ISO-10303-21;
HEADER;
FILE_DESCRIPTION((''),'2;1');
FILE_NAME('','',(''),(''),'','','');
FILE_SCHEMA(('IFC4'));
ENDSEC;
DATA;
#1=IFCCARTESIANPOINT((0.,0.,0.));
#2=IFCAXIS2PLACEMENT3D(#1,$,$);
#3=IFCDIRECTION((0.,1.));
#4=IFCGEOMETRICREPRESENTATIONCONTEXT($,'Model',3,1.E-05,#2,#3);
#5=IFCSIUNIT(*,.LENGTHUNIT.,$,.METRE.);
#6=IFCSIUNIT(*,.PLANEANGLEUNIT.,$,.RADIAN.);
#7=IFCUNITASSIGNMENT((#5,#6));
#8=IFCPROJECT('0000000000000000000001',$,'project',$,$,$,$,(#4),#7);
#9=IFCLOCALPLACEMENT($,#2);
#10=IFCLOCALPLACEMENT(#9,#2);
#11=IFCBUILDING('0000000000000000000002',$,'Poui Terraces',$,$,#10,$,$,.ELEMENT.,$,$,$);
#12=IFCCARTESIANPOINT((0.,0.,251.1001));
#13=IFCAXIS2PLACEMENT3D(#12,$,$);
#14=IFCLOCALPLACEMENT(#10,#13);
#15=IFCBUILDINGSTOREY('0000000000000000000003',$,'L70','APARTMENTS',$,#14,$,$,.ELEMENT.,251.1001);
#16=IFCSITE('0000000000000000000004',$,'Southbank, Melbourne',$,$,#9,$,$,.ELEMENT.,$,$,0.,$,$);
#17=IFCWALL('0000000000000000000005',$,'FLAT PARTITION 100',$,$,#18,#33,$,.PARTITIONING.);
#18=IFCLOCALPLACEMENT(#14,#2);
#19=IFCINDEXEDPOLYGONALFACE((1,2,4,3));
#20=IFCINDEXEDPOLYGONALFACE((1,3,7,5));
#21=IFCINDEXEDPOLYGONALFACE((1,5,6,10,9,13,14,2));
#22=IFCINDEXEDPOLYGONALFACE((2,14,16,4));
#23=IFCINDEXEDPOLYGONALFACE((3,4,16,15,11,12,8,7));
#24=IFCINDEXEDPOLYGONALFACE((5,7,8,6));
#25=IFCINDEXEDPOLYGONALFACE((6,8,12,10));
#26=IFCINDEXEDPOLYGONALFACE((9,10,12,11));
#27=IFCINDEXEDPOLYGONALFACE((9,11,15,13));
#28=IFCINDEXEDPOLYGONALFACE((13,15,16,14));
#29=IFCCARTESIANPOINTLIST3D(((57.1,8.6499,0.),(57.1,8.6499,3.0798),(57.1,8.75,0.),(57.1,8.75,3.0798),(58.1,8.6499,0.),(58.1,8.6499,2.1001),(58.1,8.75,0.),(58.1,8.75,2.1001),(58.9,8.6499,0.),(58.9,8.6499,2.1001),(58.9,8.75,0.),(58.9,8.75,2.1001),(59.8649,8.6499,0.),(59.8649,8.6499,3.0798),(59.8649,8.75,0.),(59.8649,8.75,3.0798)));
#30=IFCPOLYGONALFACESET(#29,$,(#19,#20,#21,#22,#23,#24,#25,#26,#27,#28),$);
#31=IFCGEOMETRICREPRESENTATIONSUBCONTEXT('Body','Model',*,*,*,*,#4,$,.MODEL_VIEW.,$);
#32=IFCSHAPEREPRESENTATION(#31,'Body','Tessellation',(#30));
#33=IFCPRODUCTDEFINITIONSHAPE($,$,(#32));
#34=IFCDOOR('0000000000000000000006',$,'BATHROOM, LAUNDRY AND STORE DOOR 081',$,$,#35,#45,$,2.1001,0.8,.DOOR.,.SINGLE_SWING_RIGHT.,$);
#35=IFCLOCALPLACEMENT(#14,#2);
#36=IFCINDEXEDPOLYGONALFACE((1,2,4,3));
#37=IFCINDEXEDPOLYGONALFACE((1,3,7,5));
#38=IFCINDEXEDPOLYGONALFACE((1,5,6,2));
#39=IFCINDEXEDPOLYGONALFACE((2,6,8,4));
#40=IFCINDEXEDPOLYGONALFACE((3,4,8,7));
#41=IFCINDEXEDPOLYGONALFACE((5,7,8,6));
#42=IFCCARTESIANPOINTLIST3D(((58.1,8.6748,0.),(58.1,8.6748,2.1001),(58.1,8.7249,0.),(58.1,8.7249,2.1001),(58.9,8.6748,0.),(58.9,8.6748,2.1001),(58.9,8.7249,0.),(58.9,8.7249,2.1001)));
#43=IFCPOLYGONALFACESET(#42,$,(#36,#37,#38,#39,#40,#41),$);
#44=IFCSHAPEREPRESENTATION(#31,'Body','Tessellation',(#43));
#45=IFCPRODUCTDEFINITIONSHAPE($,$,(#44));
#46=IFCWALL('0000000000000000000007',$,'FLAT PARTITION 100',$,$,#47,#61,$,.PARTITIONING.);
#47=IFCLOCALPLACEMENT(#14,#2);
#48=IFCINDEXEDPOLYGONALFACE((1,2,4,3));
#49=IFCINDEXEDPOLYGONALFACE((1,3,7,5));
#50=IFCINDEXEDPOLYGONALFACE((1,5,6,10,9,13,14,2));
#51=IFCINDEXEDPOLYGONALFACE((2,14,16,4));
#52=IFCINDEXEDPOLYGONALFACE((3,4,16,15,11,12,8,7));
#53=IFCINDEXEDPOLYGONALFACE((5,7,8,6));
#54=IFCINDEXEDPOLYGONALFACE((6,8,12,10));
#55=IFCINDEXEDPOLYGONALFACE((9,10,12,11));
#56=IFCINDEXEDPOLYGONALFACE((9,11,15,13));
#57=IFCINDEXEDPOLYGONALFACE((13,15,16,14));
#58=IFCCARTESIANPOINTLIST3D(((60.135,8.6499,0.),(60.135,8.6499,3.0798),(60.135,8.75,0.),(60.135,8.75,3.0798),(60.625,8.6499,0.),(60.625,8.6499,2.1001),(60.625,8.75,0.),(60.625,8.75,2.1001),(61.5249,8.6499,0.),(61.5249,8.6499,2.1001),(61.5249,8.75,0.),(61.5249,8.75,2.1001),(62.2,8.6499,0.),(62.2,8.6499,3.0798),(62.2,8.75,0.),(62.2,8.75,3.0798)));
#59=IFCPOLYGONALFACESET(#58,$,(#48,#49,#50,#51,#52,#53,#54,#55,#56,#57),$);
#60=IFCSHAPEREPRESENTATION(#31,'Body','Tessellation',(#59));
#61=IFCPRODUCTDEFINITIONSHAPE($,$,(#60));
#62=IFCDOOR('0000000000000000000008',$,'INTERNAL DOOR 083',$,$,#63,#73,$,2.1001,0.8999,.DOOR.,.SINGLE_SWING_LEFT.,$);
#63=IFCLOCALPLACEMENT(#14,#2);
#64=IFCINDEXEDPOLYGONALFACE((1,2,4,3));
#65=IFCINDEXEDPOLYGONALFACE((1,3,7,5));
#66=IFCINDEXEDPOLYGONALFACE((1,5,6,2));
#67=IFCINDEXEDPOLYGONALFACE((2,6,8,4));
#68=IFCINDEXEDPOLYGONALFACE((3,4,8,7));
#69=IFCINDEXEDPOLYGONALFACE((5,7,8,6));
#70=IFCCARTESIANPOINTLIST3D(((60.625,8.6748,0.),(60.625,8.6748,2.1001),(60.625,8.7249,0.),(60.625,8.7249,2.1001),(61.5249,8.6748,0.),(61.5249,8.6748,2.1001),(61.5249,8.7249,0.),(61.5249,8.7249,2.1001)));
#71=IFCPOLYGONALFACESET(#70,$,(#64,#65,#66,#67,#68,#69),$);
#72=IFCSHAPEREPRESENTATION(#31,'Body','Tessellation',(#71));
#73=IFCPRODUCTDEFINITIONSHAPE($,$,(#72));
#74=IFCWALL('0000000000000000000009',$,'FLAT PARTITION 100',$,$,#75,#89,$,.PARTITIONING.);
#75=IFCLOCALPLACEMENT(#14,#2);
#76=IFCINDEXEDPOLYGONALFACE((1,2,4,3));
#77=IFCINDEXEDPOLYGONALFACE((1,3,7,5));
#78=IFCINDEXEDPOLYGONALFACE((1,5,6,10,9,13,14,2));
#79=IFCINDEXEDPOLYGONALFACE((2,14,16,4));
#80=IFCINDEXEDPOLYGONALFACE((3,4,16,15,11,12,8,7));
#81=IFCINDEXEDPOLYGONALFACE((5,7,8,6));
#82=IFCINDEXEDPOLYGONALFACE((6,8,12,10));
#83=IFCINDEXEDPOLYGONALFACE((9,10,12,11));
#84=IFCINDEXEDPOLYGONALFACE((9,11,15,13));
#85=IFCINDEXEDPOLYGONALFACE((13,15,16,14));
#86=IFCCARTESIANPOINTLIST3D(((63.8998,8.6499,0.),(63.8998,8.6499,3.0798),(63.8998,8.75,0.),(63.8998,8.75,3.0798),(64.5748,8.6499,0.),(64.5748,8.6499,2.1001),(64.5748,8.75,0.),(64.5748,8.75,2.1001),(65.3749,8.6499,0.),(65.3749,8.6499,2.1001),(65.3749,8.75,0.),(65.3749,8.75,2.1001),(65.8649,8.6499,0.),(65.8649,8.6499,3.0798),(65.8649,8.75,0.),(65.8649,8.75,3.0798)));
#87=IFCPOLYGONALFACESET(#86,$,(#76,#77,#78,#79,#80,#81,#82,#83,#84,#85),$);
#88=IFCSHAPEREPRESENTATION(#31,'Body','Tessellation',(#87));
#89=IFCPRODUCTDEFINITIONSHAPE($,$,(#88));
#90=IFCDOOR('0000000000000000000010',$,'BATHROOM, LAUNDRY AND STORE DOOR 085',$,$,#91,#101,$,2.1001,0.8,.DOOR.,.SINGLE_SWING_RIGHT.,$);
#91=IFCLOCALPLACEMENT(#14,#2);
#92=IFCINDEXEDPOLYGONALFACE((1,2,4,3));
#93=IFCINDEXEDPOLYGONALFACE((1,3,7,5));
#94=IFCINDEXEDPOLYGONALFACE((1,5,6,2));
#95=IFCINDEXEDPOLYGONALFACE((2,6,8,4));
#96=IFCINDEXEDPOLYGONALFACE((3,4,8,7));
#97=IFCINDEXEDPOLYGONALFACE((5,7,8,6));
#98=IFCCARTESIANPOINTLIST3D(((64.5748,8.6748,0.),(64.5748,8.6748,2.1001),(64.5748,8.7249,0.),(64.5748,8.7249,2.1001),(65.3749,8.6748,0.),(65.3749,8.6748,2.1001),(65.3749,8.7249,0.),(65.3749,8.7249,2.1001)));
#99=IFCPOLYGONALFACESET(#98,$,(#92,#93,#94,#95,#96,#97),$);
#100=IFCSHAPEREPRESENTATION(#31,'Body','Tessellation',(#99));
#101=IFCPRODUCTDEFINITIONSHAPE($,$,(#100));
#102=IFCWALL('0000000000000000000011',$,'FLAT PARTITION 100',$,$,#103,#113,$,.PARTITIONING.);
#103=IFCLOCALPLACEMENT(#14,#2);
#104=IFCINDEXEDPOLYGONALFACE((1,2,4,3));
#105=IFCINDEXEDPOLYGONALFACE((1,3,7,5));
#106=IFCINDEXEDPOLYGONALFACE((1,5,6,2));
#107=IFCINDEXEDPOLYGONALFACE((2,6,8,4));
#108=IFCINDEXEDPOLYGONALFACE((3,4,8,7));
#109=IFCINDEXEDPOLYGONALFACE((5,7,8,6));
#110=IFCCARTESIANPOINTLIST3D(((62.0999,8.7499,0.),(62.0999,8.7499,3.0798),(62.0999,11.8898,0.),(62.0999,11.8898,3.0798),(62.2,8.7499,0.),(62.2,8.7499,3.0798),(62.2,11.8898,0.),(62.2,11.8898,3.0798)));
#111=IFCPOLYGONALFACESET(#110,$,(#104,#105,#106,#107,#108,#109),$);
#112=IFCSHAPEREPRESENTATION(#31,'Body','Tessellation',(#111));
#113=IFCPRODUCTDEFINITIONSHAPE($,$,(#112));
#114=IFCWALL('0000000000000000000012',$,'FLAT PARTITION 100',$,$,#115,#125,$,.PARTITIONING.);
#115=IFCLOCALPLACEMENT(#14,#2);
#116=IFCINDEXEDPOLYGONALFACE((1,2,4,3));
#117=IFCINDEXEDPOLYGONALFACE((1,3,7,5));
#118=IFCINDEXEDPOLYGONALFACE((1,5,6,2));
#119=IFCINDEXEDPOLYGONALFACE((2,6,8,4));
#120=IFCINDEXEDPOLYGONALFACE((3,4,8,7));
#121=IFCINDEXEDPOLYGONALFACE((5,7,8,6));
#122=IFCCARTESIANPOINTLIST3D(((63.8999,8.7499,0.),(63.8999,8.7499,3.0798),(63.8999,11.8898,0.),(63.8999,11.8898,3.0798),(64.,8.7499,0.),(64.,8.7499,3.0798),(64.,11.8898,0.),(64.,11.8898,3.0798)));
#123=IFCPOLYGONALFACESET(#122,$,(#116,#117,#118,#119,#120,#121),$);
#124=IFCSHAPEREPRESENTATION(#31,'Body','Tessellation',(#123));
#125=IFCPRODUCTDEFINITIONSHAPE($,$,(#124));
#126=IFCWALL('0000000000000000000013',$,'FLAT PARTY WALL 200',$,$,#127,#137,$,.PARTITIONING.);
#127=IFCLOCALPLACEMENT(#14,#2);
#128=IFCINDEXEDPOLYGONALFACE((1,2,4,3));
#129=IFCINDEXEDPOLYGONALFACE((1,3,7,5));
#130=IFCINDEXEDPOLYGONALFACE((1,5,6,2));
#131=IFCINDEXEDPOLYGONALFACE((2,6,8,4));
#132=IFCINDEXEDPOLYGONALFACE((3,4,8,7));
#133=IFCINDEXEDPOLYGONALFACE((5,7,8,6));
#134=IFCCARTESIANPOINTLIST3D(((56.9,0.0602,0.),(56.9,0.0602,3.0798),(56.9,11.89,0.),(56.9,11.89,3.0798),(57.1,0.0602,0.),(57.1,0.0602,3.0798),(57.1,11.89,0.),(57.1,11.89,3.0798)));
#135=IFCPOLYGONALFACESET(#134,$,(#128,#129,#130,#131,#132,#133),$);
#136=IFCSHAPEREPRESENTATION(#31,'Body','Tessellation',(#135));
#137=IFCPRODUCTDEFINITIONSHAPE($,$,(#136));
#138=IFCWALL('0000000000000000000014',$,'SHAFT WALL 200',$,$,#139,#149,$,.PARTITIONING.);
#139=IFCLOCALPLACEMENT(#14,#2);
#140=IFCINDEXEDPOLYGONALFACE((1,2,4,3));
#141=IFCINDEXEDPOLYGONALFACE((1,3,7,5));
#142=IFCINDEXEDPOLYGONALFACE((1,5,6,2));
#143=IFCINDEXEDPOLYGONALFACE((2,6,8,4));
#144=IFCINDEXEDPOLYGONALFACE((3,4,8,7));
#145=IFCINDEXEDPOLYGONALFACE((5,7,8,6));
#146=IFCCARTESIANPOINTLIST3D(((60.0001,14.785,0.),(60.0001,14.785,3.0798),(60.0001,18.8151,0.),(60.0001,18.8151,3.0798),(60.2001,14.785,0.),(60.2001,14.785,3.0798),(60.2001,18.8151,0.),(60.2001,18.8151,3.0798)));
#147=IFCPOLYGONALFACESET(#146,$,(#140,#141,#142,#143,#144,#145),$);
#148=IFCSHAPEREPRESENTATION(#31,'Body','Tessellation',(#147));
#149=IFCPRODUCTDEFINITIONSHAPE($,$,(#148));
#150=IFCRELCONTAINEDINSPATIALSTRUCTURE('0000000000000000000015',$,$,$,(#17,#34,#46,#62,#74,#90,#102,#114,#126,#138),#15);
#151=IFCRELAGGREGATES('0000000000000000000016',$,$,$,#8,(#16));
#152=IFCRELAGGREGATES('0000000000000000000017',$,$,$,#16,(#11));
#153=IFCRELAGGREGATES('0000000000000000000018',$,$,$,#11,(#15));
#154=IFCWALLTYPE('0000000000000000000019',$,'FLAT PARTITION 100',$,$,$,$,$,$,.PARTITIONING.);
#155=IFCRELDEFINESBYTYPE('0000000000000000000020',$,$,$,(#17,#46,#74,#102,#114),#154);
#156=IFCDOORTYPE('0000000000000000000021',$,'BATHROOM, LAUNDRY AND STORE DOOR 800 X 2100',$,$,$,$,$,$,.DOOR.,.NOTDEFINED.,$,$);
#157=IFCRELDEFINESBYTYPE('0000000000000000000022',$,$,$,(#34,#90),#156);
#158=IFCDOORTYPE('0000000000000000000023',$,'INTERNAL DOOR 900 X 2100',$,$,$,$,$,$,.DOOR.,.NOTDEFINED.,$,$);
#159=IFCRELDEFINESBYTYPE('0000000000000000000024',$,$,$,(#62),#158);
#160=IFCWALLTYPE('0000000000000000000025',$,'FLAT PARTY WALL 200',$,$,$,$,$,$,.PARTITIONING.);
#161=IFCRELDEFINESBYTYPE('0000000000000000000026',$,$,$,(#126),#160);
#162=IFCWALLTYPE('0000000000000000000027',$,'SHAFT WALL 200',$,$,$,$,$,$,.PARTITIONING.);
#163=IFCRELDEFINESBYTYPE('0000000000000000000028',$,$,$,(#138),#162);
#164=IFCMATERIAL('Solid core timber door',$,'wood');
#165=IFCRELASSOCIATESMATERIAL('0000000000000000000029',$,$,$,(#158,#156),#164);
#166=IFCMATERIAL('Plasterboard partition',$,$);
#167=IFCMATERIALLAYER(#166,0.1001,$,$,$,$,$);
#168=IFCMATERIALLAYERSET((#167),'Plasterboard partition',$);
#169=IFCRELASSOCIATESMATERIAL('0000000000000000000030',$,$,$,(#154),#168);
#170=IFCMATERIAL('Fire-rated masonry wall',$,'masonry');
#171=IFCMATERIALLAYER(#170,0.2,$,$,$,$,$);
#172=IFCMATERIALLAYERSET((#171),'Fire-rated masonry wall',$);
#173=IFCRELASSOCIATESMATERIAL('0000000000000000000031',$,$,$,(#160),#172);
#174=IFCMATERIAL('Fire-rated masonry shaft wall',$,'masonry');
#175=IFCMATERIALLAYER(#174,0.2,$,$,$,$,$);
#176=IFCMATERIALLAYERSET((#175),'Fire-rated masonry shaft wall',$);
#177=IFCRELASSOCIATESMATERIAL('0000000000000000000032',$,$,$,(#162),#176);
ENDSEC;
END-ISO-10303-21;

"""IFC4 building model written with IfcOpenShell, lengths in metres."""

from ifc_helpers import new_model, si_unit, direction, frame, frame_2d, origin, place, context, subcontext, project, spatial, rectangle, extrude, material, layer, layer_set, type_object, element, fill, save


model = new_model("IFC4")

# Units and contexts
model_context = context("Model", 3, precision=1e-05, world=origin(), true_north=direction((0.0, 1.0)))
body_context = subcontext(model_context, "Body", "Model", "MODEL_VIEW")
ifc_project = project(units=[si_unit("LENGTHUNIT", "METRE"), si_unit("PLANEANGLEUNIT", "RADIAN")], contexts=[model_context])

# Site, building, storey
site_placement = place(None, origin())
site = spatial("IfcSite", under=ifc_project, at=site_placement, Name="Southbank, Melbourne", CompositionType="ELEMENT", RefElevation=0.0)
building_placement = place(site_placement, origin())
building = spatial("IfcBuilding", under=site, at=building_placement, Name="Poui Terraces", CompositionType="ELEMENT")
storey_placement = place(building_placement, frame((0.0, 0.0, 251.1001)))
storey = spatial("IfcBuildingStorey", under=building, at=storey_placement, Name="L70", Description="APARTMENTS", CompositionType="ELEMENT", Elevation=251.1001)

# Shared definitions
ifc_material_1 = material(Name="Solid core timber door", Category="wood")
door_type_1 = type_object("IfcDoorType", Name="INTERNAL DOOR 900 X 2100", OperationType="NOTDEFINED", PredefinedType="DOOR", material=ifc_material_1)

# Walls, openings, doors
ifc_material_2 = material(Name="Plasterboard partition")
ifc_layer_1 = layer(ifc_material_2, 0.1001)
ifc_layer_set_1 = layer_set([ifc_layer_1], Name="Plasterboard partition")
wall_type_1 = type_object("IfcWallType", Name="FLAT PARTITION 100", PredefinedType="PARTITIONING", material=ifc_layer_set_1)
wall_1_placement = place(storey_placement, frame((57.1001, 8.7, 0.0), z_axis=(0.0, 0.0, 1.0), x_axis=(1.0, 0.0, 0.0)))
wall_1 = element("IfcWall", 1, at=wall_1_placement, inside=storey, type_object=wall_type_1, Name="FLAT PARTITION 100", PredefinedType="PARTITIONING", context=body_context, shape_type="SweptSolid", body=[
    extrude(rectangle(XDim=2.7649, YDim=0.1001, at=frame_2d((1.3823, 0.0))), origin(), (0.0, 0.0, 1.0), 3.0798),
])
opening_1_placement = place(wall_1_placement, frame((1.0, 0.0, 0.0)))
opening_1 = element("IfcOpeningElement", 2, at=opening_1_placement, cuts=wall_1, PredefinedType="OPENING", context=body_context, shape_type="SweptSolid", body=[
    extrude(rectangle(XDim=0.8, YDim=2.1001, at=frame_2d((0.3999, 1.05))), frame((0.0, 0.0601, 0.0), z_axis=(0.0, -1.0, 0.0), x_axis=(1.0, 0.0, 0.0)), (0.0, 0.0, 1.0), 0.1201),
])
door_type_2 = type_object("IfcDoorType", Name="BATHROOM, LAUNDRY AND STORE DOOR 800 X 2100", OperationType="NOTDEFINED", PredefinedType="DOOR", material=ifc_material_1)
door_1_placement = place(opening_1_placement, origin())
door_1 = element("IfcDoor", 3, at=door_1_placement, inside=storey, type_object=door_type_2, Name="BATHROOM, LAUNDRY AND STORE DOOR 081", OperationType="SINGLE_SWING_RIGHT", OverallHeight=2.1001, OverallWidth=0.8, PredefinedType="DOOR", context=body_context, shape_type="SweptSolid", body=[
    extrude(rectangle(XDim=0.8, YDim=2.1001, at=frame_2d((0.3999, 1.05))), frame((0.0, 0.0249, 0.0), z_axis=(0.0, -1.0, 0.0), x_axis=(1.0, 0.0, 0.0)), (0.0, 0.0, 1.0), 0.05),
])
fill(opening_1, door_1)
wall_2_placement = place(storey_placement, frame((60.135, 8.7, 0.0), z_axis=(0.0, 0.0, 1.0), x_axis=(1.0, 0.0, 0.0)))
wall_2 = element("IfcWall", 4, at=wall_2_placement, inside=storey, type_object=wall_type_1, Name="FLAT PARTITION 100", PredefinedType="PARTITIONING", context=body_context, shape_type="SweptSolid", body=[
    extrude(rectangle(XDim=2.0649, YDim=0.1001, at=frame_2d((1.0325, 0.0))), origin(), (0.0, 0.0, 1.0), 3.0798),
])
opening_2_placement = place(wall_2_placement, frame((0.49, 0.0, 0.0)))
opening_2 = element("IfcOpeningElement", 5, at=opening_2_placement, cuts=wall_2, PredefinedType="OPENING", context=body_context, shape_type="SweptSolid", body=[
    extrude(rectangle(XDim=0.8999, YDim=2.1001, at=frame_2d((0.45, 1.05))), frame((0.0, 0.0601, 0.0), z_axis=(0.0, -1.0, 0.0), x_axis=(1.0, 0.0, 0.0)), (0.0, 0.0, 1.0), 0.1201),
])
door_2_placement = place(opening_2_placement, origin())
door_2 = element("IfcDoor", 6, at=door_2_placement, inside=storey, type_object=door_type_1, Name="INTERNAL DOOR 083", OperationType="SINGLE_SWING_LEFT", OverallHeight=2.1001, OverallWidth=0.8999, PredefinedType="DOOR", context=body_context, shape_type="SweptSolid", body=[
    extrude(rectangle(XDim=0.8999, YDim=2.1001, at=frame_2d((0.45, 1.05))), frame((0.0, 0.0249, 0.0), z_axis=(0.0, -1.0, 0.0), x_axis=(1.0, 0.0, 0.0)), (0.0, 0.0, 1.0), 0.05),
])
fill(opening_2, door_2)
wall_3_placement = place(storey_placement, frame((63.8999, 8.7, 0.0), z_axis=(0.0, 0.0, 1.0), x_axis=(1.0, 0.0, 0.0)))
wall_3 = element("IfcWall", 7, at=wall_3_placement, inside=storey, type_object=wall_type_1, Name="FLAT PARTITION 100", PredefinedType="PARTITIONING", context=body_context, shape_type="SweptSolid", body=[
    extrude(rectangle(XDim=1.9651, YDim=0.1001, at=frame_2d((0.9824, 0.0))), origin(), (0.0, 0.0, 1.0), 3.0798),
])
opening_3_placement = place(wall_3_placement, frame((0.675, 0.0, 0.0)))
opening_3 = element("IfcOpeningElement", 8, at=opening_3_placement, cuts=wall_3, PredefinedType="OPENING", context=body_context, shape_type="SweptSolid", body=[
    extrude(rectangle(XDim=0.8, YDim=2.1001, at=frame_2d((0.3999, 1.05))), frame((0.0, 0.0601, 0.0), z_axis=(0.0, -1.0, 0.0), x_axis=(1.0, 0.0, 0.0)), (0.0, 0.0, 1.0), 0.1201),
])
door_3_placement = place(opening_3_placement, origin())
door_3 = element("IfcDoor", 9, at=door_3_placement, inside=storey, type_object=door_type_2, Name="BATHROOM, LAUNDRY AND STORE DOOR 085", OperationType="SINGLE_SWING_RIGHT", OverallHeight=2.1001, OverallWidth=0.8, PredefinedType="DOOR", context=body_context, shape_type="SweptSolid", body=[
    extrude(rectangle(XDim=0.8, YDim=2.1001, at=frame_2d((0.3999, 1.05))), frame((0.0, 0.0249, 0.0), z_axis=(0.0, -1.0, 0.0), x_axis=(1.0, 0.0, 0.0)), (0.0, 0.0, 1.0), 0.05),
])
fill(opening_3, door_3)

# Walls
for number, where, z_axis, x_axis, name in (
    (10, (62.1499, 8.75, 0.0), (0.0, 0.0, 1.0), (0.0, 1.0, 0.0), "FLAT PARTITION 100"),
    (11, (63.95, 8.75, 0.0), (0.0, 0.0, 1.0), (0.0, 1.0, 0.0), "FLAT PARTITION 100"),
):
    element("IfcWall", number, at=place(storey_placement, frame(where, z_axis=z_axis, x_axis=x_axis)), inside=storey, type_object=wall_type_1, Name=name, PredefinedType="PARTITIONING", context=body_context, shape_type="SweptSolid", body=[
        extrude(rectangle(XDim=3.1399, YDim=0.1001, at=frame_2d((1.5698, 0.0))), origin(), (0.0, 0.0, 1.0), 3.0798),
    ])
ifc_material_3 = material(Name="Fire-rated masonry wall", Category="masonry")
ifc_layer_2 = layer(ifc_material_3, 0.2)
ifc_layer_set_2 = layer_set([ifc_layer_2], Name="Fire-rated masonry wall")
wall_type_2 = type_object("IfcWallType", Name="FLAT PARTY WALL 200", PredefinedType="PARTITIONING", material=ifc_layer_set_2)
wall_4_placement = place(storey_placement, frame((57.0, 0.0601, 0.0), z_axis=(0.0, 0.0, 1.0), x_axis=(0.0, 1.0, 0.0)))
element("IfcWall", 12, at=wall_4_placement, inside=storey, type_object=wall_type_2, Name="FLAT PARTY WALL 200", PredefinedType="PARTITIONING", context=body_context, shape_type="SweptSolid", body=[
    extrude(rectangle(XDim=11.8298, YDim=0.2, at=frame_2d((5.915, 0.0))), origin(), (0.0, 0.0, 1.0), 3.0798),
])
ifc_material_4 = material(Name="Fire-rated masonry shaft wall", Category="masonry")
ifc_layer_3 = layer(ifc_material_4, 0.2)
ifc_layer_set_3 = layer_set([ifc_layer_3], Name="Fire-rated masonry shaft wall")
wall_type_3 = type_object("IfcWallType", Name="SHAFT WALL 200", PredefinedType="PARTITIONING", material=ifc_layer_set_3)
wall_5_placement = place(storey_placement, frame((60.1001, 14.7849, 0.0), z_axis=(0.0, 0.0, 1.0), x_axis=(0.0, 1.0, 0.0)))
element("IfcWall", 13, at=wall_5_placement, inside=storey, type_object=wall_type_3, Name="SHAFT WALL 200", PredefinedType="PARTITIONING", context=body_context, shape_type="SweptSolid", body=[
    extrude(rectangle(XDim=4.03, YDim=0.2, at=frame_2d((2.0151, 0.0))), origin(), (0.0, 0.0, 1.0), 3.0798),
])

save(model, "model.ifc")
